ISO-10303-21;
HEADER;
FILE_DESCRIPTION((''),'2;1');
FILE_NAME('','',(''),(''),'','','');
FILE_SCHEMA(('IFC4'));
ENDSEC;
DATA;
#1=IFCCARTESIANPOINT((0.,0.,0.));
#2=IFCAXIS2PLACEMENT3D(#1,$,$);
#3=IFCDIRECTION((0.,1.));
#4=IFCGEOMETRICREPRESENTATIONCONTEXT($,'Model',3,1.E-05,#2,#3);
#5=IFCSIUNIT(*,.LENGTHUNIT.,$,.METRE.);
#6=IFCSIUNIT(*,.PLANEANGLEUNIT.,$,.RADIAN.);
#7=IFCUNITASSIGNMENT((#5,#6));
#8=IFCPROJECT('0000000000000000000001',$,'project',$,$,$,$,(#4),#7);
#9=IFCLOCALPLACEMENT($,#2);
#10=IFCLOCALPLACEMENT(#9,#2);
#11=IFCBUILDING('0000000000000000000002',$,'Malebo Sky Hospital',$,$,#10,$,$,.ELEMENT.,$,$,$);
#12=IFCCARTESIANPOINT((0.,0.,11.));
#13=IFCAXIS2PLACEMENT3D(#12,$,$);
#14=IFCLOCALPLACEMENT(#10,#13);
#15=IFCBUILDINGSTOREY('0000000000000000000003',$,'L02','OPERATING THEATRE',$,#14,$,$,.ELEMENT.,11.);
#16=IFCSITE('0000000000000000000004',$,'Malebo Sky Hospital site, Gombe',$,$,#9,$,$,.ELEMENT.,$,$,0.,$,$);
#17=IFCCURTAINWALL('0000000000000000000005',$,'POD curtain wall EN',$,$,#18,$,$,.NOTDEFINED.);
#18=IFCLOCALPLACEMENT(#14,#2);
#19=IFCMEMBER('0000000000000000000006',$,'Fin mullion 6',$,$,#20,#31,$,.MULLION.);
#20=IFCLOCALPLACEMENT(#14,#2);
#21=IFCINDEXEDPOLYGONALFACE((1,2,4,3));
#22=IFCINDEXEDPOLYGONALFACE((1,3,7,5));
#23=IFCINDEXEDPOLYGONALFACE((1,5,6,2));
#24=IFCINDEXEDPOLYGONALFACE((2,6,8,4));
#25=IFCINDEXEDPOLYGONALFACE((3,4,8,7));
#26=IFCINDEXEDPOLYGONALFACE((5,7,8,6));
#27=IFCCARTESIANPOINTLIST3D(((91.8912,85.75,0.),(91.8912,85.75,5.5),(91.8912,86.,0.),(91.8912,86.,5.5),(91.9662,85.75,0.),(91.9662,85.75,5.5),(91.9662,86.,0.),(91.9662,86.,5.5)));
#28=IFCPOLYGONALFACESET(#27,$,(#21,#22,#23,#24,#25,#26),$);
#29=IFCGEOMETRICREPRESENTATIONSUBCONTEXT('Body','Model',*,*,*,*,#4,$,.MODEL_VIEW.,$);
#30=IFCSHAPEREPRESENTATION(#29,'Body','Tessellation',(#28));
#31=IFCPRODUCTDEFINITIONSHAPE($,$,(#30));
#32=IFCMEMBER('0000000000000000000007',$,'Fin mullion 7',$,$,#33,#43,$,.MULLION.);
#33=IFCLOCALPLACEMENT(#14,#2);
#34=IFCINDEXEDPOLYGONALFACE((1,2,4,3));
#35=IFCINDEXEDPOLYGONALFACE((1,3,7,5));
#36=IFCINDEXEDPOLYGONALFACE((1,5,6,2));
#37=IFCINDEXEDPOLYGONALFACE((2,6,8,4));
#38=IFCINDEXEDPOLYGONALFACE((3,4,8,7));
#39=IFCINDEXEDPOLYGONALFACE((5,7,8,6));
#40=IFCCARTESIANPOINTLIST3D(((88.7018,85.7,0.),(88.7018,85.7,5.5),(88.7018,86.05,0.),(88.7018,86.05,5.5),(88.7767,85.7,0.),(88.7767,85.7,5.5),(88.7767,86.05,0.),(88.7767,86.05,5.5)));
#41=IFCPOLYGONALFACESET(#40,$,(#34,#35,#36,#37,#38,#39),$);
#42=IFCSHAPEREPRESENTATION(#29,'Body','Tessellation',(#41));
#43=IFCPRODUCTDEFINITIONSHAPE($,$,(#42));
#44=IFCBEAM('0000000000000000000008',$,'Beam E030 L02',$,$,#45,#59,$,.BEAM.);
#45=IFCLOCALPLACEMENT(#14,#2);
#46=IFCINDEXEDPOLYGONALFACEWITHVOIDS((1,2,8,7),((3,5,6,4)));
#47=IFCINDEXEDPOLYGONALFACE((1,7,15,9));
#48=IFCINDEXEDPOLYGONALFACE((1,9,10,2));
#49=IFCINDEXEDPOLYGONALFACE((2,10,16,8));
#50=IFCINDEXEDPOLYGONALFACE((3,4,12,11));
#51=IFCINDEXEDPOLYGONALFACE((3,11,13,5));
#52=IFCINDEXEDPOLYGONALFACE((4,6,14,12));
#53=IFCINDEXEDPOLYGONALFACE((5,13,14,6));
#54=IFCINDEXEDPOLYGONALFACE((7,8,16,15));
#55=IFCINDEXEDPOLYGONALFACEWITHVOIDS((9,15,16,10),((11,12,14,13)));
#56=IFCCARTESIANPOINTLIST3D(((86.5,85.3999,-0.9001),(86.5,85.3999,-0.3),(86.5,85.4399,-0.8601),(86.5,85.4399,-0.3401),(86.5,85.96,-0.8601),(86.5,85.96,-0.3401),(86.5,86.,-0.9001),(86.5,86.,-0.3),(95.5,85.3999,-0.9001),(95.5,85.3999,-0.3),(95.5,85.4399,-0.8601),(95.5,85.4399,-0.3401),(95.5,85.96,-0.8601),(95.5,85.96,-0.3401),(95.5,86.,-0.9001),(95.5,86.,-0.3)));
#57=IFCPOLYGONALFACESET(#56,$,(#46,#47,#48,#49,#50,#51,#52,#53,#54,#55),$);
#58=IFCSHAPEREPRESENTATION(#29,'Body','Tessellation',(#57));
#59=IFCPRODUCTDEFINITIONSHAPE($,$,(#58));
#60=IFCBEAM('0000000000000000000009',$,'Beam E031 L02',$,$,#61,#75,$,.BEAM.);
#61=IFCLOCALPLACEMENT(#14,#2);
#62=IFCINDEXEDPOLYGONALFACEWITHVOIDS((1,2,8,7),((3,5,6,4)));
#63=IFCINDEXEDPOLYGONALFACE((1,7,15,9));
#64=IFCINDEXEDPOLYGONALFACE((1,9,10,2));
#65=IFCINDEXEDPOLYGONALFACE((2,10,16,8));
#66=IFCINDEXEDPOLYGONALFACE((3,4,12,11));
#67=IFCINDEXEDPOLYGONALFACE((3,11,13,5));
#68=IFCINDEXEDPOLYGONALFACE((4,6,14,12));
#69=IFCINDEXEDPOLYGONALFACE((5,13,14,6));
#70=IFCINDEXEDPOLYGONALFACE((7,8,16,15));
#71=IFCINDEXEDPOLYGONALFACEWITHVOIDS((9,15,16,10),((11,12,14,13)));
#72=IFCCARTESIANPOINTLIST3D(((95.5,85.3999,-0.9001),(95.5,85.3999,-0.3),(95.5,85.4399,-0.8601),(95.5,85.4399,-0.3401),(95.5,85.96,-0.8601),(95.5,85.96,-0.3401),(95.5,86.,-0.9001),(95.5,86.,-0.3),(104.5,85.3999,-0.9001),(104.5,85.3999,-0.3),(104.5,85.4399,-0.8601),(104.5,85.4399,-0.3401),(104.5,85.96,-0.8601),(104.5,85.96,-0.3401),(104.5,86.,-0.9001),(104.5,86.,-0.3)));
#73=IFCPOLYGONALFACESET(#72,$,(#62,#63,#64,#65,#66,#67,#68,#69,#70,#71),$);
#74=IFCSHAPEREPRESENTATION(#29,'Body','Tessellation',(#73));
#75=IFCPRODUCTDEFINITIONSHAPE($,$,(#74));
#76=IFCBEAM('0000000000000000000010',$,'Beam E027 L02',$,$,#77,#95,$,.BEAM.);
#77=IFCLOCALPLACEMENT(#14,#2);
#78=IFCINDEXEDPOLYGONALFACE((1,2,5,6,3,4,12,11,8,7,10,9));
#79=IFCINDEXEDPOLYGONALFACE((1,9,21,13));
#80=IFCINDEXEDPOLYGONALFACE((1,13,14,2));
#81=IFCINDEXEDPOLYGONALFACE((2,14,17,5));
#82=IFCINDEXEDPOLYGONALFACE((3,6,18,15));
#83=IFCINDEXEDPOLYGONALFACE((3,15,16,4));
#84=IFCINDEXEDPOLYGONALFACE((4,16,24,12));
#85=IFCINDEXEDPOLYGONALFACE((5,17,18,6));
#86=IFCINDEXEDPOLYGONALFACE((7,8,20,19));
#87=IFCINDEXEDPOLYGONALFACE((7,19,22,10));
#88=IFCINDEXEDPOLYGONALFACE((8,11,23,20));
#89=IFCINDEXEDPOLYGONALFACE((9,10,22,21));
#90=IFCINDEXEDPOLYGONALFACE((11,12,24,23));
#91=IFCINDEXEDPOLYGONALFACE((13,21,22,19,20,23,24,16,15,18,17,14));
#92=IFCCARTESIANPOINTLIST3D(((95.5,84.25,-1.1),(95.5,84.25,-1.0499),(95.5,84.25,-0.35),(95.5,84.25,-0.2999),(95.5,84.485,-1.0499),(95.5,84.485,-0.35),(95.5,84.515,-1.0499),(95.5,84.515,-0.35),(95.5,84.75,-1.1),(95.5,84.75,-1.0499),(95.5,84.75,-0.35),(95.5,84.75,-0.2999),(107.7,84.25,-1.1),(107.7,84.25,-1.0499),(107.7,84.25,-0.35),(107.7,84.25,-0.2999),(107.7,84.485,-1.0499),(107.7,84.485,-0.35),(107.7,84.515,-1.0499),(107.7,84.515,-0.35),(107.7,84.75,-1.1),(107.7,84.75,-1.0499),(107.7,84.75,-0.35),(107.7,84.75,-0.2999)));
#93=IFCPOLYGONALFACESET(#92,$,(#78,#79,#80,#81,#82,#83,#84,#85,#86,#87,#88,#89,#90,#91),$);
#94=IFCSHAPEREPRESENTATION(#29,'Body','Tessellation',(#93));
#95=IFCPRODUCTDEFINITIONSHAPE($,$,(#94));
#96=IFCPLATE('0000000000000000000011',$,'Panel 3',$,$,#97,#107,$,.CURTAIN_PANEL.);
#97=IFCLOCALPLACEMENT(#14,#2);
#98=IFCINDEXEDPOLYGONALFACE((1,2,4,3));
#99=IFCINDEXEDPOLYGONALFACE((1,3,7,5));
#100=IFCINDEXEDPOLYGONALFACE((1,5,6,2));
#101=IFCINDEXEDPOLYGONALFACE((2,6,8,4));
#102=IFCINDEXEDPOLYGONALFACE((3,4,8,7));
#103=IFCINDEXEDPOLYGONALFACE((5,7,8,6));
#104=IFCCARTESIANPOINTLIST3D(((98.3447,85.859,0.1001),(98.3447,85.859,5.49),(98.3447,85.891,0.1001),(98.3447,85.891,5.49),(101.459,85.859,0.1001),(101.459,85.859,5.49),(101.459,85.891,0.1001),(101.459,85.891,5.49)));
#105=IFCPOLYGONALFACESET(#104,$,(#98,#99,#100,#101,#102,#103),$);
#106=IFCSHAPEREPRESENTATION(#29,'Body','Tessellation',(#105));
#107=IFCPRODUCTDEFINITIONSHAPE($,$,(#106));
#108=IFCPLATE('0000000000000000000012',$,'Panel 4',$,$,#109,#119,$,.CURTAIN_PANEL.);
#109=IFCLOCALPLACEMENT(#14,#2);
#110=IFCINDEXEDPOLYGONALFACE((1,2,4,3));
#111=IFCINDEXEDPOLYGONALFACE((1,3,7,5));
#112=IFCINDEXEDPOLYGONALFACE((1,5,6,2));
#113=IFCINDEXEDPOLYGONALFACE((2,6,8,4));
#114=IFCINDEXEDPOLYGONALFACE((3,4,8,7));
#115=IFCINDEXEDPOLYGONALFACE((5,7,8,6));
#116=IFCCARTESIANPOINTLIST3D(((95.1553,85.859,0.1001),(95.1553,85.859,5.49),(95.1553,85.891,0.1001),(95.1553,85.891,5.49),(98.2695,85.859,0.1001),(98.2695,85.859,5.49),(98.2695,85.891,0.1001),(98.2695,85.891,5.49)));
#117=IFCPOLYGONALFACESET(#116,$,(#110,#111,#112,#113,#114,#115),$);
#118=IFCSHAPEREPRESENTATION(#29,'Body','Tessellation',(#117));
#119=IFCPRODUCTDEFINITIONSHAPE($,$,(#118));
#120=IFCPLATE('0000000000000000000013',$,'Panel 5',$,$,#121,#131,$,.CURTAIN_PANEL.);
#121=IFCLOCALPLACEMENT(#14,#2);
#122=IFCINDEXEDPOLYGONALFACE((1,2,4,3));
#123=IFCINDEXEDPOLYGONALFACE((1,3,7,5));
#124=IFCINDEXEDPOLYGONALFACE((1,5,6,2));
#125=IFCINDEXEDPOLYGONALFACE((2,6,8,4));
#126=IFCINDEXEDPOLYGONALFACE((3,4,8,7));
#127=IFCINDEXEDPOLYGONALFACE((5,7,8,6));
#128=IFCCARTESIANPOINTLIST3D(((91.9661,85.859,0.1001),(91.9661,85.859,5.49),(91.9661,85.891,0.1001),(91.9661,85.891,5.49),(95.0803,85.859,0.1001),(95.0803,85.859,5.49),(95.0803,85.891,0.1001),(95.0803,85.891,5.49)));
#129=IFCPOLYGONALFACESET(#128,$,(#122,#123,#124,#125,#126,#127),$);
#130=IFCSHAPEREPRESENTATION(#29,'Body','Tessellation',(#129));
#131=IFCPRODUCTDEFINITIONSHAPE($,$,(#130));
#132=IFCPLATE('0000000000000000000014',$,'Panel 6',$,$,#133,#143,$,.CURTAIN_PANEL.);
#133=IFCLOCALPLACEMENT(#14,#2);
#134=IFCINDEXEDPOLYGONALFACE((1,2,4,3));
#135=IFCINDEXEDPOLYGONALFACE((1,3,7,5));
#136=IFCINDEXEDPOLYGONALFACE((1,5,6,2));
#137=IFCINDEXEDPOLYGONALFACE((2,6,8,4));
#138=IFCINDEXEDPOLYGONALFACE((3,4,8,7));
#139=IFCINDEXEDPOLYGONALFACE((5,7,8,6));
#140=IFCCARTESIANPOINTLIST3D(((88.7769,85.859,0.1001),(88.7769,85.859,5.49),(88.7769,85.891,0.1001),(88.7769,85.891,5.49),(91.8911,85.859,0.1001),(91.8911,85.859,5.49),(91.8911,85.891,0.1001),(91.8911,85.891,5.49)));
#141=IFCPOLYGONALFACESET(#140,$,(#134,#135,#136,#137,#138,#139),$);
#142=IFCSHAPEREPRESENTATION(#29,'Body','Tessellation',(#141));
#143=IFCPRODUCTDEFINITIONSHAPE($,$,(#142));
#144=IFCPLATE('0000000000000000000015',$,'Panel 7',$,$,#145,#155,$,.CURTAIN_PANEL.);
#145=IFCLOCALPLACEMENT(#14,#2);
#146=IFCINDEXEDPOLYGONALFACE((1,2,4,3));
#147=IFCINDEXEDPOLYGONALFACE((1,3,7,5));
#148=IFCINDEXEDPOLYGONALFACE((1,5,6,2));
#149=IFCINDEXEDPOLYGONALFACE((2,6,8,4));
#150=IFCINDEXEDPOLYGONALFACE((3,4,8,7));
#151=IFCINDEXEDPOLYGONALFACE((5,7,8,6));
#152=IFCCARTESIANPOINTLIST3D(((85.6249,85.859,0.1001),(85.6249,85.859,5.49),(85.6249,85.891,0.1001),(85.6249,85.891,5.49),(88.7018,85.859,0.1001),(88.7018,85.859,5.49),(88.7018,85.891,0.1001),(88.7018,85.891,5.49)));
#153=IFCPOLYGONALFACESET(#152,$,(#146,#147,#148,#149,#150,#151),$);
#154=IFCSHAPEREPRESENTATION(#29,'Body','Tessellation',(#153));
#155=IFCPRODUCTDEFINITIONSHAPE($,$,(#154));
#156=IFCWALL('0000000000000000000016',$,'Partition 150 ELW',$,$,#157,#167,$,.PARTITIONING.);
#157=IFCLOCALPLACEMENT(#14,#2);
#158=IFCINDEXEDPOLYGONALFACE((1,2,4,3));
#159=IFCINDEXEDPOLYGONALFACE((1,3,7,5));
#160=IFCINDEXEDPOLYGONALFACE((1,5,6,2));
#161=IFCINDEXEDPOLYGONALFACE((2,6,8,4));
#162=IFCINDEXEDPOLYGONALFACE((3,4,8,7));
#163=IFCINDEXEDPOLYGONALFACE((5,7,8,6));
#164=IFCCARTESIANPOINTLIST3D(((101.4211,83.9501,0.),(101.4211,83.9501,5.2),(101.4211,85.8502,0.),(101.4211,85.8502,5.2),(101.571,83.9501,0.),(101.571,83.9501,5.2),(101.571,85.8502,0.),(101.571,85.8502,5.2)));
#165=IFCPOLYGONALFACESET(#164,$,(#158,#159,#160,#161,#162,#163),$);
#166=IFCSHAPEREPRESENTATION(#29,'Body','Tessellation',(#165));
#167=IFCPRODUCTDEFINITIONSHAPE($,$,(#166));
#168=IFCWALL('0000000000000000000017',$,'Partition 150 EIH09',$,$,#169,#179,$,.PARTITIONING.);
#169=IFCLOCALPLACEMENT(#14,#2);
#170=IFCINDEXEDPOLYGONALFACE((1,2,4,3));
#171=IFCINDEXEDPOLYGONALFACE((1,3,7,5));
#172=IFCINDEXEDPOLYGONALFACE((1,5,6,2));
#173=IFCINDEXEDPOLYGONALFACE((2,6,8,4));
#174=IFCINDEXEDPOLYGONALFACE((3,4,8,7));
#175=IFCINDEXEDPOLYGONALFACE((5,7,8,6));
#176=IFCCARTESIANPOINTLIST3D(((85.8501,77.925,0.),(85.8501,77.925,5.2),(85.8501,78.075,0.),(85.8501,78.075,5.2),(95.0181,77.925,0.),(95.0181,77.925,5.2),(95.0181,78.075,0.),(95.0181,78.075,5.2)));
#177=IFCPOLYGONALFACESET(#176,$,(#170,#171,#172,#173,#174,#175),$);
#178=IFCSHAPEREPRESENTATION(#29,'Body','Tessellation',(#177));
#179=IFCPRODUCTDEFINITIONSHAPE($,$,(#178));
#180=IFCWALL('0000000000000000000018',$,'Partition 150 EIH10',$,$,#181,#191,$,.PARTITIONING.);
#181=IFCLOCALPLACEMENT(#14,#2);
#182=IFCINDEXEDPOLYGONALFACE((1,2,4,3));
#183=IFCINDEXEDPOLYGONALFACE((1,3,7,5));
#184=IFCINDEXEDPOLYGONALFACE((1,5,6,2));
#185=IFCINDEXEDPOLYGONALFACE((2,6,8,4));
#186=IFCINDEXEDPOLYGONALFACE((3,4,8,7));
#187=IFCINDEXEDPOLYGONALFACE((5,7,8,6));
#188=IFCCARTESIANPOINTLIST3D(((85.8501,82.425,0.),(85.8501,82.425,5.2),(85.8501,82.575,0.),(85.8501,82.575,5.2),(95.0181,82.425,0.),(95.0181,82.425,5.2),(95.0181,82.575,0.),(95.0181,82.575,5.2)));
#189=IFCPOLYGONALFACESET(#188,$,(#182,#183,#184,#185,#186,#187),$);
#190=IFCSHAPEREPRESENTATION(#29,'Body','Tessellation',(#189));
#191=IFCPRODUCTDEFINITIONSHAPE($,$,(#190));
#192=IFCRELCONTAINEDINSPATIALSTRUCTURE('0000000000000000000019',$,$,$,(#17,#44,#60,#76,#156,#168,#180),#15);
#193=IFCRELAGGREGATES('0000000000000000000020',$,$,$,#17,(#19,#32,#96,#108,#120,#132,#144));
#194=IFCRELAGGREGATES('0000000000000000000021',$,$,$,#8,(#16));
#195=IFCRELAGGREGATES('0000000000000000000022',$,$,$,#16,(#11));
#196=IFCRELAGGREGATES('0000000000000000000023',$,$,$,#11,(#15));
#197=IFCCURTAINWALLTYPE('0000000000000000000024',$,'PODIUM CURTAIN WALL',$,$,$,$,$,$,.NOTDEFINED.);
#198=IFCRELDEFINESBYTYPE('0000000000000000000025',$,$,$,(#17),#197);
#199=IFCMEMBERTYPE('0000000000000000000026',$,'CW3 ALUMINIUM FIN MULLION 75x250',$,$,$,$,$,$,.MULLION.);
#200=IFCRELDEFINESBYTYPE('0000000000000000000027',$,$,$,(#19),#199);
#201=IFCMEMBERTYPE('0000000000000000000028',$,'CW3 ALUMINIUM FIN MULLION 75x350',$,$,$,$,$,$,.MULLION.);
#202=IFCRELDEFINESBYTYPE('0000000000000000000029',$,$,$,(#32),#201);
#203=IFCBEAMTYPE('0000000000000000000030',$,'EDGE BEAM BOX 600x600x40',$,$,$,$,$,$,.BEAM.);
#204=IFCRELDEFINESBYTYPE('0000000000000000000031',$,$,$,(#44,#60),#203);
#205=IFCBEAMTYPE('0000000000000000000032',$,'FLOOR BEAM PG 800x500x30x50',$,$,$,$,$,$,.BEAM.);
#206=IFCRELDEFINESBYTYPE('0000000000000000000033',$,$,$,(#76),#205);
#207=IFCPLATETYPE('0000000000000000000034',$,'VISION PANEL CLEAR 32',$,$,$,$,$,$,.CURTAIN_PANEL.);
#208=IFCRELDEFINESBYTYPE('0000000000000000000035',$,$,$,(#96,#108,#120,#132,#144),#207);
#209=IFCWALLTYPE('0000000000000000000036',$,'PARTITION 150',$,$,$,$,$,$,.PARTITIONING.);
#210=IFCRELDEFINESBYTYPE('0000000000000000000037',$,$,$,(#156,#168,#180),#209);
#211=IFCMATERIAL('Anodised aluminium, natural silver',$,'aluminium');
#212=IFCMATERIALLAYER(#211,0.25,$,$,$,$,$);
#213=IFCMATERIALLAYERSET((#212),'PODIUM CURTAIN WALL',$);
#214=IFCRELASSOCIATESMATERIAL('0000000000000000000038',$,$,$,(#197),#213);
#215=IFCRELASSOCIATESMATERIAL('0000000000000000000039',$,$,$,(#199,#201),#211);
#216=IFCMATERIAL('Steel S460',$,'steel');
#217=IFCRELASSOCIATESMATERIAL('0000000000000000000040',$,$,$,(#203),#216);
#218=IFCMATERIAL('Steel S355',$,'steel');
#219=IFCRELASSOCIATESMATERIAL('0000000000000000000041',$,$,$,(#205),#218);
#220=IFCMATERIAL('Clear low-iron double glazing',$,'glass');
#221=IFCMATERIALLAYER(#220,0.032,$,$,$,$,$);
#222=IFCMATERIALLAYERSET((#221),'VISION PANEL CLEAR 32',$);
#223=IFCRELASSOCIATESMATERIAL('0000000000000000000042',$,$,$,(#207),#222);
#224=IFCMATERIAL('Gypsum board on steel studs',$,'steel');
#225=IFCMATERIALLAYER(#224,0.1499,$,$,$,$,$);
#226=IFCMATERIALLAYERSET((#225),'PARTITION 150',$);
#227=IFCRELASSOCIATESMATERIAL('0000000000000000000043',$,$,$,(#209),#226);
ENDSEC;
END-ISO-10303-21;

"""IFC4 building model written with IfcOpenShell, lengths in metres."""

from ifc_helpers import new_model, si_unit, direction, frame, frame_2d, origin, origin_2d, place, context, subcontext, project, spatial, rectangle, hollow_rectangle, i_section, extrude, material, layer, layer_set, material_profile, profile_set, type_object, element, aggregate, save


model = new_model("IFC4")

# Units and contexts
model_context = context("Model", 3, precision=1e-05, world=origin(), true_north=direction((0.0, 1.0)))
body_context = subcontext(model_context, "Body", "Model", "MODEL_VIEW")
ifc_project = project(units=[si_unit("LENGTHUNIT", "METRE"), si_unit("PLANEANGLEUNIT", "RADIAN")], contexts=[model_context])

# Site, building, storey
site_placement = place(None, origin())
site = spatial("IfcSite", under=ifc_project, at=site_placement, Name="Malebo Sky Hospital site, Gombe", CompositionType="ELEMENT", RefElevation=0.0)
building_placement = place(site_placement, origin())
building = spatial("IfcBuilding", under=site, at=building_placement, Name="Malebo Sky Hospital", CompositionType="ELEMENT")
storey_placement = place(building_placement, frame((0.0, 0.0, 11.0)))
storey = spatial("IfcBuildingStorey", under=building, at=storey_placement, Name="L02", Description="OPERATING THEATRE", CompositionType="ELEMENT", Elevation=11.0)

# Shared definitions
ifc_material_1 = material(Name="Steel S355", Category="steel")

# Curtain wall, members
ifc_material_2 = material(Name="Anodised aluminium, natural silver", Category="aluminium")
ifc_layer_1 = layer(ifc_material_2, 0.25)
ifc_layer_set_1 = layer_set([ifc_layer_1], Name="PODIUM CURTAIN WALL")
curtain_wall_type = type_object("IfcCurtainWallType", Name="PODIUM CURTAIN WALL", PredefinedType="NOTDEFINED", material=ifc_layer_set_1)
curtain_wall_placement = place(storey_placement, origin())
curtain_wall = element("IfcCurtainWall", 1, at=curtain_wall_placement, inside=storey, type_object=curtain_wall_type, Name="POD curtain wall EN", PredefinedType="NOTDEFINED")
ifc_material_profile_1 = material_profile(ifc_material_2, rectangle(XDim=0.075, YDim=0.25, at=origin_2d()), Name="CW3 ALUMINIUM FIN MULLION 75x250")
ifc_profile_set_1 = profile_set([ifc_material_profile_1], Name="Anodised aluminium, natural silver")
member_type_1 = type_object("IfcMemberType", Name="CW3 ALUMINIUM FIN MULLION 75x250", PredefinedType="MULLION", material=ifc_profile_set_1)
member_1_placement = place(storey_placement, frame((91.9287, 85.875, 0.0), z_axis=(0.0, 0.0, 1.0), x_axis=(-1.0, 0.0, 0.0)))
member_1 = element("IfcMember", 2, at=member_1_placement, type_object=member_type_1, Name="Fin mullion 6", PredefinedType="MULLION", context=body_context, shape_type="SweptSolid", body=[
    extrude(rectangle(XDim=0.075, YDim=0.25, at=origin_2d()), origin(), (0.0, 0.0, 1.0), 5.5),
])
ifc_material_profile_2 = material_profile(ifc_material_2, rectangle(XDim=0.075, YDim=0.3501, at=origin_2d()), Name="CW3 ALUMINIUM FIN MULLION 75x350")
ifc_profile_set_2 = profile_set([ifc_material_profile_2], Name="Anodised aluminium, natural silver")
member_type_2 = type_object("IfcMemberType", Name="CW3 ALUMINIUM FIN MULLION 75x350", PredefinedType="MULLION", material=ifc_profile_set_2)
member_2_placement = place(storey_placement, frame((88.7393, 85.875, 0.0), z_axis=(0.0, 0.0, 1.0), x_axis=(-1.0, 0.0, 0.0)))
member_2 = element("IfcMember", 3, at=member_2_placement, type_object=member_type_2, Name="Fin mullion 7", PredefinedType="MULLION", context=body_context, shape_type="SweptSolid", body=[
    extrude(rectangle(XDim=0.075, YDim=0.3501, at=origin_2d()), origin(), (0.0, 0.0, 1.0), 5.5),
])

# Beams
ifc_material_3 = material(Name="Steel S460", Category="steel")
ifc_material_profile_3 = material_profile(ifc_material_3, hollow_rectangle(XDim=0.6001, YDim=0.6001, WallThickness=0.04, at=origin_2d()), Name="BOX 600x600x40")
ifc_profile_set_3 = profile_set([ifc_material_profile_3], Name="Steel S460")
beam_type_1 = type_object("IfcBeamType", Name="EDGE BEAM BOX 600x600x40", PredefinedType="BEAM", material=ifc_profile_set_3)
for number, where, z_axis, x_axis, name in (
    (4, (86.5, 85.7, -0.6001), (1.0, 0.0, 0.0), (0.0, 1.0, 0.0), "Beam E030 L02"),
    (5, (95.5, 85.7, -0.6001), (1.0, 0.0, 0.0), (0.0, 1.0, 0.0), "Beam E031 L02"),
):
    element("IfcBeam", number, at=place(storey_placement, frame(where, z_axis=z_axis, x_axis=x_axis)), inside=storey, type_object=beam_type_1, Name=name, PredefinedType="BEAM", context=body_context, shape_type="SweptSolid", body=[
        extrude(hollow_rectangle(XDim=0.6001, YDim=0.6001, WallThickness=0.04, at=origin_2d()), origin(), (0.0, 0.0, 1.0), 9.0),
    ])
ifc_material_profile_4 = material_profile(ifc_material_1, i_section(OverallWidth=0.5, OverallDepth=0.8, WebThickness=0.03, FlangeThickness=0.05, at=origin_2d()), Name="PG 800x500x30x50")
ifc_profile_set_4 = profile_set([ifc_material_profile_4], Name="Steel S355")
beam_type_2 = type_object("IfcBeamType", Name="FLOOR BEAM PG 800x500x30x50", PredefinedType="BEAM", material=ifc_profile_set_4)
beam_placement = place(storey_placement, frame((95.5, 84.5, -0.7), z_axis=(1.0, 0.0, 0.0), x_axis=(0.0, 1.0, 0.0)))
element("IfcBeam", 6, at=beam_placement, inside=storey, type_object=beam_type_2, Name="Beam E027 L02", PredefinedType="BEAM", context=body_context, shape_type="SweptSolid", body=[
    extrude(i_section(OverallWidth=0.5, OverallDepth=0.8, WebThickness=0.03, FlangeThickness=0.05, at=origin_2d()), origin(), (0.0, 0.0, 1.0), 12.2),
])

# Plates
ifc_material_4 = material(Name="Clear low-iron double glazing", Category="glass")
ifc_layer_2 = layer(ifc_material_4, 0.032)
ifc_layer_set_2 = layer_set([ifc_layer_2], Name="VISION PANEL CLEAR 32")
plate_type = type_object("IfcPlateType", Name="VISION PANEL CLEAR 32", PredefinedType="CURTAIN_PANEL", material=ifc_layer_set_2)
plate_1_placement = place(storey_placement, frame((99.9019, 85.875, 0.1001), z_axis=(0.0, 0.0, 1.0), x_axis=(-1.0, 0.0, 0.0)))
plate_1 = element("IfcPlate", 7, at=plate_1_placement, type_object=plate_type, Name="Panel 3", PredefinedType="CURTAIN_PANEL", context=body_context, shape_type="SweptSolid", body=[
    extrude(rectangle(XDim=3.1143, YDim=0.032, at=origin_2d()), origin(), (0.0, 0.0, 1.0), 5.3899),
])
plate_2_placement = place(storey_placement, frame((96.7124, 85.875, 0.1001), z_axis=(0.0, 0.0, 1.0), x_axis=(-1.0, 0.0, 0.0)))
plate_2 = element("IfcPlate", 8, at=plate_2_placement, type_object=plate_type, Name="Panel 4", PredefinedType="CURTAIN_PANEL", context=body_context, shape_type="SweptSolid", body=[
    extrude(rectangle(XDim=3.1143, YDim=0.032, at=origin_2d()), origin(), (0.0, 0.0, 1.0), 5.3899),
])
plate_3_placement = place(storey_placement, frame((93.5232, 85.875, 0.1001), z_axis=(0.0, 0.0, 1.0), x_axis=(-1.0, 0.0, 0.0)))
plate_3 = element("IfcPlate", 9, at=plate_3_placement, type_object=plate_type, Name="Panel 5", PredefinedType="CURTAIN_PANEL", context=body_context, shape_type="SweptSolid", body=[
    extrude(rectangle(XDim=3.1143, YDim=0.032, at=origin_2d()), origin(), (0.0, 0.0, 1.0), 5.3899),
])
plate_4_placement = place(storey_placement, frame((90.334, 85.875, 0.1001), z_axis=(0.0, 0.0, 1.0), x_axis=(-1.0, 0.0, 0.0)))
plate_4 = element("IfcPlate", 10, at=plate_4_placement, type_object=plate_type, Name="Panel 6", PredefinedType="CURTAIN_PANEL", context=body_context, shape_type="SweptSolid", body=[
    extrude(rectangle(XDim=3.1143, YDim=0.032, at=origin_2d()), origin(), (0.0, 0.0, 1.0), 5.3899),
])
plate_5_placement = place(storey_placement, frame((87.1633, 85.875, 0.1001), z_axis=(0.0, 0.0, 1.0), x_axis=(-1.0, 0.0, 0.0)))
plate_5 = element("IfcPlate", 11, at=plate_5_placement, type_object=plate_type, Name="Panel 7", PredefinedType="CURTAIN_PANEL", context=body_context, shape_type="SweptSolid", body=[
    extrude(rectangle(XDim=3.0769, YDim=0.032, at=origin_2d()), origin(), (0.0, 0.0, 1.0), 5.3899),
])
aggregate(curtain_wall, [member_1, member_2, plate_1, plate_2, plate_3, plate_4, plate_5])

# Walls
ifc_material_5 = material(Name="Gypsum board on steel studs", Category="steel")
ifc_layer_3 = layer(ifc_material_5, 0.1499)
ifc_layer_set_3 = layer_set([ifc_layer_3], Name="PARTITION 150")
wall_type_1 = type_object("IfcWallType", Name="PARTITION 150", PredefinedType="PARTITIONING", material=ifc_layer_set_3)
wall_1_placement = place(storey_placement, frame((101.4961, 83.95, 0.0), z_axis=(0.0, 0.0, 1.0), x_axis=(0.0, 1.0, 0.0)))
element("IfcWall", 12, at=wall_1_placement, inside=storey, type_object=wall_type_1, Name="Partition 150 ELW", PredefinedType="PARTITIONING", context=body_context, shape_type="SweptSolid", body=[
    extrude(rectangle(XDim=1.9001, YDim=0.1499, at=frame_2d((0.9502, 0.0))), origin(), (0.0, 0.0, 1.0), 5.2),
])
for number, where, z_axis, x_axis, name in (
    (13, (95.0181, 78.0, 0.0), (0.0, 0.0, 1.0), (-1.0, 0.0, 0.0), "Partition 150 EIH09"),
    (14, (95.0181, 82.5, 0.0), (0.0, 0.0, 1.0), (-1.0, 0.0, 0.0), "Partition 150 EIH10"),
):
    element("IfcWall", number, at=place(storey_placement, frame(where, z_axis=z_axis, x_axis=x_axis)), inside=storey, type_object=wall_type_1, Name=name, PredefinedType="PARTITIONING", context=body_context, shape_type="SweptSolid", body=[
        extrude(rectangle(XDim=9.168, YDim=0.1499, at=frame_2d((4.584, 0.0))), origin(), (0.0, 0.0, 1.0), 5.2),
    ])

save(model, "model.ifc")
